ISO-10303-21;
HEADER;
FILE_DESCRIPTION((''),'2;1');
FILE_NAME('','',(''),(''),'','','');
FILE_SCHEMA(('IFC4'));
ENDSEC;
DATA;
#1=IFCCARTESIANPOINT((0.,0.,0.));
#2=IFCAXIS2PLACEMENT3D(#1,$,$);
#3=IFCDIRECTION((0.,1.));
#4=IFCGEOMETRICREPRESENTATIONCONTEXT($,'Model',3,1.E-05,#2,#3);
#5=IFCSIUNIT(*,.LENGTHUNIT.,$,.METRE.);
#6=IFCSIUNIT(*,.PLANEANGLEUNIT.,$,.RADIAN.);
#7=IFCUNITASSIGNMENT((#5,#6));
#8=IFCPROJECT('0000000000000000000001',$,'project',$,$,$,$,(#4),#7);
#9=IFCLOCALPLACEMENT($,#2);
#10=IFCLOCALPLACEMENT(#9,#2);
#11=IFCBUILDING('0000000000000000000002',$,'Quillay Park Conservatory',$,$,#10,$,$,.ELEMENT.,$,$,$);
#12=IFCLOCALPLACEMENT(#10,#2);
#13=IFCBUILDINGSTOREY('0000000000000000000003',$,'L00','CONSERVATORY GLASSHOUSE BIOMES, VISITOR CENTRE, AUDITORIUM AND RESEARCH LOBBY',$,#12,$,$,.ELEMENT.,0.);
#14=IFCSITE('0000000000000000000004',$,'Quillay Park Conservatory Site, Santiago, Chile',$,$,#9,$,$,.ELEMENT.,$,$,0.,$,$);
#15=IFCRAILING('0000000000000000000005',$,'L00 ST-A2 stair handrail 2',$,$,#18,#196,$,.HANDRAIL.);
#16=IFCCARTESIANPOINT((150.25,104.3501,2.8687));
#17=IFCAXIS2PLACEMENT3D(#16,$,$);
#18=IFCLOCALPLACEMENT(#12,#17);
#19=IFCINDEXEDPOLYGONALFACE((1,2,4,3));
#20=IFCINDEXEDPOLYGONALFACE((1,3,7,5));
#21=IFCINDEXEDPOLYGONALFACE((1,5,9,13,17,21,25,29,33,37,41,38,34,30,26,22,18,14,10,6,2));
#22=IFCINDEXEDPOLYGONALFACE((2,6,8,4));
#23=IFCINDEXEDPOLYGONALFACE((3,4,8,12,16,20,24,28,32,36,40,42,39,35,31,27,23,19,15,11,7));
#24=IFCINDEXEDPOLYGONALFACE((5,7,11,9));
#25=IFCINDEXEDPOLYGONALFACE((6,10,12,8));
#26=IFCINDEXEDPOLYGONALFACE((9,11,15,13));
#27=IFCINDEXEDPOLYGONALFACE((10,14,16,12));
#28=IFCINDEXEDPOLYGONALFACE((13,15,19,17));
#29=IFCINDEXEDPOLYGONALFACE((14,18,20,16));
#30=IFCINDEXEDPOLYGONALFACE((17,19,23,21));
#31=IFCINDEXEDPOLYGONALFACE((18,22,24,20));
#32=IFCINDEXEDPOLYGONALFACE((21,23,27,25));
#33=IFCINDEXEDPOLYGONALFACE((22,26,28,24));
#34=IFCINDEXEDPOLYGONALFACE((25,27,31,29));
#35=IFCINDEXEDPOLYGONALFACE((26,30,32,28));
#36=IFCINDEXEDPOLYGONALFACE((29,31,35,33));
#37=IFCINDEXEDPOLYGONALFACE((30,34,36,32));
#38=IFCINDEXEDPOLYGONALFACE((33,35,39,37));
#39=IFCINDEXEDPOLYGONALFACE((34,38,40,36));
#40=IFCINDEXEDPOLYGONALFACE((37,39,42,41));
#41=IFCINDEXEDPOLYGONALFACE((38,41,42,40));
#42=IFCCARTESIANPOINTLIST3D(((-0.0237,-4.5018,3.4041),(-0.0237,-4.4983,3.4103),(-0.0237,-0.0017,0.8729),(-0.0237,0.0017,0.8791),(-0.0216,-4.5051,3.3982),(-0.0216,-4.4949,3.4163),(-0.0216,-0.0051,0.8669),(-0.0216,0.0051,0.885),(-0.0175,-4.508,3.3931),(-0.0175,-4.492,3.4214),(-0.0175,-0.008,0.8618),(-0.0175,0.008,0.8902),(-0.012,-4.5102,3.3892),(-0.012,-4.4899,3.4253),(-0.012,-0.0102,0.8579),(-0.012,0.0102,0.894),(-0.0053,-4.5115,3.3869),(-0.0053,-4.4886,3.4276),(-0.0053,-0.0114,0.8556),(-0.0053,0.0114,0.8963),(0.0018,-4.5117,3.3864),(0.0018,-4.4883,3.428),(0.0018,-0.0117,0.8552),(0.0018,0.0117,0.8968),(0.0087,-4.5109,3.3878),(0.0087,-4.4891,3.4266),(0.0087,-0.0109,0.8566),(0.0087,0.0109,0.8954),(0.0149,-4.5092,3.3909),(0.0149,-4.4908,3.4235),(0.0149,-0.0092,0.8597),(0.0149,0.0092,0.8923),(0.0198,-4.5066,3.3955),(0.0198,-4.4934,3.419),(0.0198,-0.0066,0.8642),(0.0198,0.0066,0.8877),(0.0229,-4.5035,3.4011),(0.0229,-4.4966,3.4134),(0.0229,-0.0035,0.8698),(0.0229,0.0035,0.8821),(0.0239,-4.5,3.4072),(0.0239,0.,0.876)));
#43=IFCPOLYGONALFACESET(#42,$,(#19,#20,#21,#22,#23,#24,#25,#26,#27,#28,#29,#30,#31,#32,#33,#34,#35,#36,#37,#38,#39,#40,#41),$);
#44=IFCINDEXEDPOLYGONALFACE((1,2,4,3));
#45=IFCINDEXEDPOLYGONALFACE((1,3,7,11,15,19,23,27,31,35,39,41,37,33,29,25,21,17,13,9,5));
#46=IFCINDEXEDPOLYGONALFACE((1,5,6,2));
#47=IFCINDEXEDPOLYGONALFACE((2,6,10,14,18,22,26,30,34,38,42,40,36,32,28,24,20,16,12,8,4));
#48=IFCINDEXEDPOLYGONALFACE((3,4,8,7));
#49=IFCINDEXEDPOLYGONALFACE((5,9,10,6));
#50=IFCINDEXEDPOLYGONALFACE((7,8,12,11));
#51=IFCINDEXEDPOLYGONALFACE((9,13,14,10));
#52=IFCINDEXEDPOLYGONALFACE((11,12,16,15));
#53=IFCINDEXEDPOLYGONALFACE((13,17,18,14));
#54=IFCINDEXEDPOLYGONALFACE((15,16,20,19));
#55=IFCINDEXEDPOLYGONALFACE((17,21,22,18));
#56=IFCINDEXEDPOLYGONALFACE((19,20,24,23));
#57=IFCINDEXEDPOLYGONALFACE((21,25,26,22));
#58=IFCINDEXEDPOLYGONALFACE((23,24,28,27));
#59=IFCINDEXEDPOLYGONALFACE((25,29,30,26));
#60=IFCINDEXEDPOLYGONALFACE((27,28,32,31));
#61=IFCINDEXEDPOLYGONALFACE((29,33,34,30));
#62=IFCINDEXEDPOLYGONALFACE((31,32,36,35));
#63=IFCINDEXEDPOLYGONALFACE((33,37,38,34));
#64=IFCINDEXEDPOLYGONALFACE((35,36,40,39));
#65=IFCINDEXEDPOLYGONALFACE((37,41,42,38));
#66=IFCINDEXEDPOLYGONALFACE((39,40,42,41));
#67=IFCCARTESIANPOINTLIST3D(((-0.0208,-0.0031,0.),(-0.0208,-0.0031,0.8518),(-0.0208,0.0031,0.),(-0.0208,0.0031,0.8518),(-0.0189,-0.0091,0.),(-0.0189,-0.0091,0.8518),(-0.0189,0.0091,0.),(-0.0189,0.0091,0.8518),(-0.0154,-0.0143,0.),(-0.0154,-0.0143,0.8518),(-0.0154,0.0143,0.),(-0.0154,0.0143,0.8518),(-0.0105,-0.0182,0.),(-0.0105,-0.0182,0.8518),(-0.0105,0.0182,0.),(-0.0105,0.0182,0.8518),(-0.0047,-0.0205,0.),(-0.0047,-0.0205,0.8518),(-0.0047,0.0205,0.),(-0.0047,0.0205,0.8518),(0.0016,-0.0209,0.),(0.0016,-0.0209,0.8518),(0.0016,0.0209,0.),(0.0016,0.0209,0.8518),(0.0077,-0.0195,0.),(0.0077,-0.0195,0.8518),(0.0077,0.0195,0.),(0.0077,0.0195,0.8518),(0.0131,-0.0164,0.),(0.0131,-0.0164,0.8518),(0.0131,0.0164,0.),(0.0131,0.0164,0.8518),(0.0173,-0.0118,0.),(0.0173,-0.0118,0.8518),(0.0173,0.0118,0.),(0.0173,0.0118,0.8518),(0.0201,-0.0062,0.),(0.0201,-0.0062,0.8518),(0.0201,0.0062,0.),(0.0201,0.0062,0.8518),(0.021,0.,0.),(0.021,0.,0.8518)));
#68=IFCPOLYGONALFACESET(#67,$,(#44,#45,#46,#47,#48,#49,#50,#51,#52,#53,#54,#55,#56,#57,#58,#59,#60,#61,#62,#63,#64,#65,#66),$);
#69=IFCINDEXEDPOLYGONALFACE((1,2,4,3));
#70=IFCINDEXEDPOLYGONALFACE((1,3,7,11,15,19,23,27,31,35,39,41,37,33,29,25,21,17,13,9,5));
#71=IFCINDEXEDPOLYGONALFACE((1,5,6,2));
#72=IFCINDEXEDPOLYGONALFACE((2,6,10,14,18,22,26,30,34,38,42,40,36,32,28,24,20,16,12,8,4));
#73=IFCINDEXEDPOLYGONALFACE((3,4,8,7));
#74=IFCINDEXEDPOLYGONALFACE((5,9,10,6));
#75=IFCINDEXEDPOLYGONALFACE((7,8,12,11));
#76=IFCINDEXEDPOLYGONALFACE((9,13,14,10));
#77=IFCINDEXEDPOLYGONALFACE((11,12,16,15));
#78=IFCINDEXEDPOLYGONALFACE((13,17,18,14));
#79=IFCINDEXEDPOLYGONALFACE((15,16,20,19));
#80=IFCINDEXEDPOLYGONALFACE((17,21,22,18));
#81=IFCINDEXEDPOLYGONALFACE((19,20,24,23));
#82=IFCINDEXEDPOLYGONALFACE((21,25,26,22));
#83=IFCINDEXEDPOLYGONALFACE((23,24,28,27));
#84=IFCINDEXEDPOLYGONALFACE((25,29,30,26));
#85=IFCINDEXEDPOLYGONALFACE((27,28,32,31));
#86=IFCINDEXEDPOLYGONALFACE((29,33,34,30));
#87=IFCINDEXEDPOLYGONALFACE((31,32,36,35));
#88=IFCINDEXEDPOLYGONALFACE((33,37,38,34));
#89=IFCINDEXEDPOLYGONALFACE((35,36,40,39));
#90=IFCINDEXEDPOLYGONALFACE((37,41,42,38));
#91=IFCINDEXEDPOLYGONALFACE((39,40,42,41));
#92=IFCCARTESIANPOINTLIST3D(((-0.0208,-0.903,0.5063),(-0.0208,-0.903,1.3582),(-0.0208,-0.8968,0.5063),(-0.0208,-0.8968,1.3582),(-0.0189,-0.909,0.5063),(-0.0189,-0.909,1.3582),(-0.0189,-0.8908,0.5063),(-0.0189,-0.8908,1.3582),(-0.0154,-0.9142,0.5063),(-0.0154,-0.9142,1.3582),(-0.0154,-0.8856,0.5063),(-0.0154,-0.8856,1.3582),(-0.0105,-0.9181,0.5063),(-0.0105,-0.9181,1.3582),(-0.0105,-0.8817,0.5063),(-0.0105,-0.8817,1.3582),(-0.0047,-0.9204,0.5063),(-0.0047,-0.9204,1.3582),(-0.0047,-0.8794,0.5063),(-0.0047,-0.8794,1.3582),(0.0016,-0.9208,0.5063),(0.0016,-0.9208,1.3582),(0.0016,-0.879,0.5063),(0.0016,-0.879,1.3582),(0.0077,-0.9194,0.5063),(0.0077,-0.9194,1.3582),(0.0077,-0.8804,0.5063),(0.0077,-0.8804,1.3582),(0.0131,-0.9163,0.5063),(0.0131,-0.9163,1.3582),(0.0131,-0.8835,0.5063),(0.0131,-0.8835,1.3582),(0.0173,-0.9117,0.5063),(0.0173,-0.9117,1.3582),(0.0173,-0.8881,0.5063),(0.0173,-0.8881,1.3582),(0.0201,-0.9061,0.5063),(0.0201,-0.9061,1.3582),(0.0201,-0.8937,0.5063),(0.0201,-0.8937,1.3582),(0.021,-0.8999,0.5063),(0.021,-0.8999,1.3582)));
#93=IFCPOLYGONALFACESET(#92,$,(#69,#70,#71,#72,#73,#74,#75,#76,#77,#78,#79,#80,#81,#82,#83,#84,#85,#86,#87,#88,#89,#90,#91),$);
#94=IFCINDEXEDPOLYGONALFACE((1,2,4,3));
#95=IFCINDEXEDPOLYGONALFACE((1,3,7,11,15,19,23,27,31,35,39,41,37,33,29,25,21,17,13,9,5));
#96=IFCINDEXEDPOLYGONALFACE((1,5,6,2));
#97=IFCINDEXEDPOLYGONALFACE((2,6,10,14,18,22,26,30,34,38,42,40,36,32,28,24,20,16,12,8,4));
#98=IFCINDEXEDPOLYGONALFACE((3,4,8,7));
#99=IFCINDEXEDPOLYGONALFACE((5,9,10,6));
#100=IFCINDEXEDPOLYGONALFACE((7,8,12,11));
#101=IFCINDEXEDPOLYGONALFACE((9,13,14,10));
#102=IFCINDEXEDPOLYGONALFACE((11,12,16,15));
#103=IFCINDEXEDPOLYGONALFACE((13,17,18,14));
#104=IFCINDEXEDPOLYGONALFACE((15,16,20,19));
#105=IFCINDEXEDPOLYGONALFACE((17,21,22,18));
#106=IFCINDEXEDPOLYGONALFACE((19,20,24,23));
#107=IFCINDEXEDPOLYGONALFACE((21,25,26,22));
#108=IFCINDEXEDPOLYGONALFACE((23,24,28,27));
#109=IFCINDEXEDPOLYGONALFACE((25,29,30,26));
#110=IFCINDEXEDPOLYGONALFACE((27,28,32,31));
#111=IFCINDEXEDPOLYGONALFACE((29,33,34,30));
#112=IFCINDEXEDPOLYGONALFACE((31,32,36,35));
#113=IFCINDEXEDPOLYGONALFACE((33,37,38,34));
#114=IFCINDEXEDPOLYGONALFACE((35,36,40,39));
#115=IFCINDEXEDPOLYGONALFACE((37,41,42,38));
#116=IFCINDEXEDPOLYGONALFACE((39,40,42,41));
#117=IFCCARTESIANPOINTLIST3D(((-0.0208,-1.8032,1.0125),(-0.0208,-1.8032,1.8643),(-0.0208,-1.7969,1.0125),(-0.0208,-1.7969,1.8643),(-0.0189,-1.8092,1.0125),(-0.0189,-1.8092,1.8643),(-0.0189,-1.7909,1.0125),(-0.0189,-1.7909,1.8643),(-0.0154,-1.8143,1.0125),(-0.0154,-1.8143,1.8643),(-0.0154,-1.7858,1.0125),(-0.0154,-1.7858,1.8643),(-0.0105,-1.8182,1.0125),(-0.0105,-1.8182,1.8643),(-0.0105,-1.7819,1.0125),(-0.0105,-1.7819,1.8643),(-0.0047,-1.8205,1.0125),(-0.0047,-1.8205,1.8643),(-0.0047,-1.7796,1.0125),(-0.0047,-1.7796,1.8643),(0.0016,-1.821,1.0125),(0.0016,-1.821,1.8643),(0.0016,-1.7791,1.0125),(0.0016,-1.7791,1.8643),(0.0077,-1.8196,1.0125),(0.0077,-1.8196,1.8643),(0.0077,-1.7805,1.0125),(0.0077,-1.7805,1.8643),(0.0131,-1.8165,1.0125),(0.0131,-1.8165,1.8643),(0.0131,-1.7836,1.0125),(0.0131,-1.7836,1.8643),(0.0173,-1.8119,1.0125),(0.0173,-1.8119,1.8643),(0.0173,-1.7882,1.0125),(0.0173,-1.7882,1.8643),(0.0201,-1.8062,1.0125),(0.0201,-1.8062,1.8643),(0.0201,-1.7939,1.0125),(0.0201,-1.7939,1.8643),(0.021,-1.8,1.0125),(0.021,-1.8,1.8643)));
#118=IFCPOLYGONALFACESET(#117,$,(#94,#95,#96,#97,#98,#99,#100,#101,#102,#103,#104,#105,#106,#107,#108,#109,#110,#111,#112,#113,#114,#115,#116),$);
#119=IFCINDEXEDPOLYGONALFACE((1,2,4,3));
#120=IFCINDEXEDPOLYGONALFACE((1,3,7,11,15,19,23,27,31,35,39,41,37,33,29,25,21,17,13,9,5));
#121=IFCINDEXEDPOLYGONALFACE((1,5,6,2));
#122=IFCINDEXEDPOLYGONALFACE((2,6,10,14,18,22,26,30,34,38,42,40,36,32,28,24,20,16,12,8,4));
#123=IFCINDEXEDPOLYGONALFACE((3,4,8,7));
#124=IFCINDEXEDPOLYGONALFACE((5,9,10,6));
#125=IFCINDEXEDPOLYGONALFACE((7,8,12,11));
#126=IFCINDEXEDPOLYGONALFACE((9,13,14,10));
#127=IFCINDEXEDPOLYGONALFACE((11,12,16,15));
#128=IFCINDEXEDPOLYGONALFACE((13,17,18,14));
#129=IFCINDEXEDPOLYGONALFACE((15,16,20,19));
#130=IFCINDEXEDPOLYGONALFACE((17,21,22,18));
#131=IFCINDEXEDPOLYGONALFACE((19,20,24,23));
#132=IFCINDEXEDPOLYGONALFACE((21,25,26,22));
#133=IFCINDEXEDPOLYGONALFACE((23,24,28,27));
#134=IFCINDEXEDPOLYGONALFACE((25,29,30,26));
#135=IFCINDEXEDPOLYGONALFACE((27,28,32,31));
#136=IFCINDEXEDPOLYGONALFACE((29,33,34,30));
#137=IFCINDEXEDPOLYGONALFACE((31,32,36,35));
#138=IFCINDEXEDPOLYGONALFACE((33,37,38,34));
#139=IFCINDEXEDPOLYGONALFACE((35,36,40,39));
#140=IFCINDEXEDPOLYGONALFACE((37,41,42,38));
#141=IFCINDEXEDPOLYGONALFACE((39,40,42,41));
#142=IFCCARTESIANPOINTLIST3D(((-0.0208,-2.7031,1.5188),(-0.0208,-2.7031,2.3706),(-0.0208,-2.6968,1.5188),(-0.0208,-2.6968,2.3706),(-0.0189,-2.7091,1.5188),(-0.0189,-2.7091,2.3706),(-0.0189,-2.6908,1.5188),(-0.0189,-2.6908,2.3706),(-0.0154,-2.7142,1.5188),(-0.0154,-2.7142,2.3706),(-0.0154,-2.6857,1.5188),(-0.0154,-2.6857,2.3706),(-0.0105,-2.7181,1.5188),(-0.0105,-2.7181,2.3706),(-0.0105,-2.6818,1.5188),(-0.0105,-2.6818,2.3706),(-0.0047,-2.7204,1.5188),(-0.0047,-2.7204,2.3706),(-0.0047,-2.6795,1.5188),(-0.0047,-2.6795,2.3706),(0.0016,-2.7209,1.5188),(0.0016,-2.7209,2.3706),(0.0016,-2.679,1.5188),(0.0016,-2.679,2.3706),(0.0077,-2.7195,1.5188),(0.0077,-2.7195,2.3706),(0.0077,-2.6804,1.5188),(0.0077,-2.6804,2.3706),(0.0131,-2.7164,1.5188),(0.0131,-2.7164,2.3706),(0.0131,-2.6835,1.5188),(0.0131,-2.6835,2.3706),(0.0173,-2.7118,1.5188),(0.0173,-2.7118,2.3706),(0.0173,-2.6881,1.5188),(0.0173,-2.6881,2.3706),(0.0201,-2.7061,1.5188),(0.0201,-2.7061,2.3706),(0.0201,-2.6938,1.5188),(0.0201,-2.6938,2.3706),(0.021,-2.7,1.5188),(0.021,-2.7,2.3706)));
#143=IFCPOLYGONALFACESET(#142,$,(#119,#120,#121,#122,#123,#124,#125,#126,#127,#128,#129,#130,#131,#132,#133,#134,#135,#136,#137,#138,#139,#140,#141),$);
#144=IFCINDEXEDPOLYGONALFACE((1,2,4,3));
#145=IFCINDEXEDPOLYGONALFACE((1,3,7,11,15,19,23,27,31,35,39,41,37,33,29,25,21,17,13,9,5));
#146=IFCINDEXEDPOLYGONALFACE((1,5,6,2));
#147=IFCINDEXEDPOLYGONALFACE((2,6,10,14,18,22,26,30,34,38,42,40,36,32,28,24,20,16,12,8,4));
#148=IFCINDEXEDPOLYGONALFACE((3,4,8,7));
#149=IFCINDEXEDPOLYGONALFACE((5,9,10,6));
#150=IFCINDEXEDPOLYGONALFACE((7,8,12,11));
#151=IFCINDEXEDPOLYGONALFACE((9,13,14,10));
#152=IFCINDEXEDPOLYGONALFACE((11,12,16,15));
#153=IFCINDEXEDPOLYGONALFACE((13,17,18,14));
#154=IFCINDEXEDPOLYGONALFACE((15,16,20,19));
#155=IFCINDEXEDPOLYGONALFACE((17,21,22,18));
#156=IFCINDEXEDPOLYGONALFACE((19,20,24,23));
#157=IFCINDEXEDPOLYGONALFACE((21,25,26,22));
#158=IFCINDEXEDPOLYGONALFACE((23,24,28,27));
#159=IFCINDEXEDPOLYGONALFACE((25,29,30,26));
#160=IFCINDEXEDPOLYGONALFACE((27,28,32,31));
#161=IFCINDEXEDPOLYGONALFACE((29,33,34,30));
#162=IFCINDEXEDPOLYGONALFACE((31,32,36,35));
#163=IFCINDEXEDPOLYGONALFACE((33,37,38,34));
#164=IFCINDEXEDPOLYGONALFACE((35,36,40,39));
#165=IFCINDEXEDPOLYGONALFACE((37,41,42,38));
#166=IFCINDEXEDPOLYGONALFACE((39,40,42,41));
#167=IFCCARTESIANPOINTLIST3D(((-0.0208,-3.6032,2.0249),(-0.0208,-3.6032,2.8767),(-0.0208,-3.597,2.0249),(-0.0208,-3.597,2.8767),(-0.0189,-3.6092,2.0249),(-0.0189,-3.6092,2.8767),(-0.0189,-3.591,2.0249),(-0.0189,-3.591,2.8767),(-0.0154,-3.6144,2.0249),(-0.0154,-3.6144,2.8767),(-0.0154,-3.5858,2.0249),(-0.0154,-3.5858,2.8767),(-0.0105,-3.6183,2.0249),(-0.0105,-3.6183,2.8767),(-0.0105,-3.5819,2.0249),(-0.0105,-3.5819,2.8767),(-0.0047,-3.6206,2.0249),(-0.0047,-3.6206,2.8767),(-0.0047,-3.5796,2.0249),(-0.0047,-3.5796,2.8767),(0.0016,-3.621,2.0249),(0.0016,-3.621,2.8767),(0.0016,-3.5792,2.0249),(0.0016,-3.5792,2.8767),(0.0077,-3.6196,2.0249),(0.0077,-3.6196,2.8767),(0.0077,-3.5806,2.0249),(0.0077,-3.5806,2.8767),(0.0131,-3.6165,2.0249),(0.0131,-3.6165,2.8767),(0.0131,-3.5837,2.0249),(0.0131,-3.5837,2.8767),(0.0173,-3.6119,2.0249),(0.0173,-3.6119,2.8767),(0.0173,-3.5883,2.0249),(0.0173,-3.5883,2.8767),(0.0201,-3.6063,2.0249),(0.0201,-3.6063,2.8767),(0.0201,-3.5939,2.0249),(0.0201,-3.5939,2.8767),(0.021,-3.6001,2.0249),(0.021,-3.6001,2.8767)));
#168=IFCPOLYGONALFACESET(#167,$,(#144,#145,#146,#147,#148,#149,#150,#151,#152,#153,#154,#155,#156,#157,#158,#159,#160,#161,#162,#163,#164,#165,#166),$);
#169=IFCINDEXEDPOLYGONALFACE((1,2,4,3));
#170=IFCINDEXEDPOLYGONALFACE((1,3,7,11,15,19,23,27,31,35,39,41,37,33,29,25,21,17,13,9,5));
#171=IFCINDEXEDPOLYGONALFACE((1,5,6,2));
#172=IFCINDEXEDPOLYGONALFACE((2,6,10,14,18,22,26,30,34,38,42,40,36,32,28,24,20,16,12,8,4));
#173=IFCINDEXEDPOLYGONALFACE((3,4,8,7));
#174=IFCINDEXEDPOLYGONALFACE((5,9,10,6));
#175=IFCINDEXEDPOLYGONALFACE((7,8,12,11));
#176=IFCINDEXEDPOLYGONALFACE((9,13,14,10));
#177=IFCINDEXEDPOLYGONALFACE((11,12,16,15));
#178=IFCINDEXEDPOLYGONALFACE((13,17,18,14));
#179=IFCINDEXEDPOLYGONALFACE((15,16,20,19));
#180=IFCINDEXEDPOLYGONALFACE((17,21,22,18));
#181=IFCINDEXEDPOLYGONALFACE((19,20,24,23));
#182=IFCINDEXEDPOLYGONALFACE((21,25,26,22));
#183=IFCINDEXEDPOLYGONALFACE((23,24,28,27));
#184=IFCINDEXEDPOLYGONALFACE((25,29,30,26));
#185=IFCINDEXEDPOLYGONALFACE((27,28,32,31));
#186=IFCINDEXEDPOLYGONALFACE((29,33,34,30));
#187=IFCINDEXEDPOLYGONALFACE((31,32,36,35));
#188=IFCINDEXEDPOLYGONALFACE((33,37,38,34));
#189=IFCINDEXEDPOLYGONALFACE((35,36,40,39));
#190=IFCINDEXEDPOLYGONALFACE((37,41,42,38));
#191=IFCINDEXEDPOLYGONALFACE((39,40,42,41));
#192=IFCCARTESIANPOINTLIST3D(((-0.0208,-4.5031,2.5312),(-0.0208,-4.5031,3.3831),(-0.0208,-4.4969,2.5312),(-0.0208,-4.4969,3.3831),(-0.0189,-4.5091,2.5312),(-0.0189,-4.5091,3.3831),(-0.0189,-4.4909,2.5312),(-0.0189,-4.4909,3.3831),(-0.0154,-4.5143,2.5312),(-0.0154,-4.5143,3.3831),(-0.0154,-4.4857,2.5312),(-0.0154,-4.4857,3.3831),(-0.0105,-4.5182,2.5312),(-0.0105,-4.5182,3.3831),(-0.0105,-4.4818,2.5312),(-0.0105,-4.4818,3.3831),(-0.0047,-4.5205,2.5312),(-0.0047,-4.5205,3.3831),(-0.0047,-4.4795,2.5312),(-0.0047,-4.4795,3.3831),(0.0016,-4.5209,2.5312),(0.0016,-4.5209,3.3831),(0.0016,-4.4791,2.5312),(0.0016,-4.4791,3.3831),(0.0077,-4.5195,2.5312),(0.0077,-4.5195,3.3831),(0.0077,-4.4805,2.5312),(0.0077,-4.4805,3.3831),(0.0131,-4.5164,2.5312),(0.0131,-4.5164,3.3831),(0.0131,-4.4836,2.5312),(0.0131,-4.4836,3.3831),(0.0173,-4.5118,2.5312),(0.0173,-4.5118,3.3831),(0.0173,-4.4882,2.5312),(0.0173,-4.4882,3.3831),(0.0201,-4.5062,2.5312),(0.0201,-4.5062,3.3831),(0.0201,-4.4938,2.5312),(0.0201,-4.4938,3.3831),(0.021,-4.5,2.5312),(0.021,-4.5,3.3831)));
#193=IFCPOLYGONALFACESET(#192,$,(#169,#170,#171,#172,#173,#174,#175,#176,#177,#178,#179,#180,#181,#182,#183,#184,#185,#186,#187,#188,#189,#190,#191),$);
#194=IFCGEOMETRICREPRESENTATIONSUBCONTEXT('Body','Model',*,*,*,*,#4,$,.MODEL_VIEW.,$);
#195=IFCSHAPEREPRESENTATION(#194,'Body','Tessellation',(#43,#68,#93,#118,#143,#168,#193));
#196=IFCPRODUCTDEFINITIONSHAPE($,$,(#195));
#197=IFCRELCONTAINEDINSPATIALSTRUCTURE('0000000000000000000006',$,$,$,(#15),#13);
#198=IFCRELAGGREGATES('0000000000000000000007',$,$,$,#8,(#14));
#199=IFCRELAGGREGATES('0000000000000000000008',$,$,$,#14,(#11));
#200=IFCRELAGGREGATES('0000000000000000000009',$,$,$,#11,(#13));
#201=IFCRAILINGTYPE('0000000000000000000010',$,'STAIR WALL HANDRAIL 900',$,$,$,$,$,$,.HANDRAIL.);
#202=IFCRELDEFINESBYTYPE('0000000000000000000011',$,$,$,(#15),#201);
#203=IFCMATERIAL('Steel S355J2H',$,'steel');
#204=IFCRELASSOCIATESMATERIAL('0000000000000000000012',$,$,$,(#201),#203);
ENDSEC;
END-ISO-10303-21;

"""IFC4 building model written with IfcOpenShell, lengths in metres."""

from ifc_helpers import new_model, si_unit, direction, frame, origin, origin_2d, place, context, subcontext, project, spatial, circle, extrude, material, type_object, element, save


model = new_model("IFC4")

# Units and contexts
model_context = context("Model", 3, precision=1e-05, world=origin(), true_north=direction((0.0, 1.0)))
body_context = subcontext(model_context, "Body", "Model", "MODEL_VIEW")
ifc_project = project(units=[si_unit("LENGTHUNIT", "METRE"), si_unit("PLANEANGLEUNIT", "RADIAN")], contexts=[model_context])

# Site, building, storey
site_placement = place(None, origin())
site = spatial("IfcSite", under=ifc_project, at=site_placement, Name="Quillay Park Conservatory Site, Santiago, Chile", CompositionType="ELEMENT", RefElevation=0.0)
building_placement = place(site_placement, origin())
building = spatial("IfcBuilding", under=site, at=building_placement, Name="Quillay Park Conservatory", CompositionType="ELEMENT")
storey_placement = place(building_placement, origin())
storey = spatial("IfcBuildingStorey", under=building, at=storey_placement, Name="L00", Description="CONSERVATORY GLASSHOUSE BIOMES, VISITOR CENTRE, AUDITORIUM AND RESEARCH LOBBY", CompositionType="ELEMENT", Elevation=0.0)

# Railing
ifc_material_1 = material(Name="Steel S355J2H", Category="steel")
railing_type_1 = type_object("IfcRailingType", Name="STAIR WALL HANDRAIL 900", PredefinedType="HANDRAIL", material=ifc_material_1)
railing_1_placement = place(storey_placement, frame((150.25, 104.3501, 2.8687)))
element("IfcRailing", 1, at=railing_1_placement, inside=storey, type_object=railing_type_1, Name="L00 ST-A2 stair handrail 2", PredefinedType="HANDRAIL", context=body_context, shape_type="SweptSolid", body=[
    extrude(circle(Radius=0.0239, at=origin_2d()), frame((0.0, 0.0, 0.876), z_axis=(0.0, -0.871576, 0.490261), x_axis=(1.0, 0.0, 0.0)), (0.0, 0.0, 1.0), 5.1631),
    extrude(circle(Radius=0.021, at=origin_2d()), origin(), (0.0, 0.0, 1.0), 0.8518),
    extrude(circle(Radius=0.021, at=origin_2d()), frame((0.0, -0.8999, 0.5063)), (0.0, 0.0, 1.0), 0.8518),
    extrude(circle(Radius=0.021, at=origin_2d()), frame((0.0, -1.8, 1.0125)), (0.0, 0.0, 1.0), 0.8518),
    extrude(circle(Radius=0.021, at=origin_2d()), frame((0.0, -2.7, 1.5188)), (0.0, 0.0, 1.0), 0.8518),
    extrude(circle(Radius=0.021, at=origin_2d()), frame((0.0, -3.6001, 2.0249)), (0.0, 0.0, 1.0), 0.8518),
    extrude(circle(Radius=0.021, at=origin_2d()), frame((0.0, -4.5, 2.5312)), (0.0, 0.0, 1.0), 0.8518),
])

save(model, "model.ifc")
